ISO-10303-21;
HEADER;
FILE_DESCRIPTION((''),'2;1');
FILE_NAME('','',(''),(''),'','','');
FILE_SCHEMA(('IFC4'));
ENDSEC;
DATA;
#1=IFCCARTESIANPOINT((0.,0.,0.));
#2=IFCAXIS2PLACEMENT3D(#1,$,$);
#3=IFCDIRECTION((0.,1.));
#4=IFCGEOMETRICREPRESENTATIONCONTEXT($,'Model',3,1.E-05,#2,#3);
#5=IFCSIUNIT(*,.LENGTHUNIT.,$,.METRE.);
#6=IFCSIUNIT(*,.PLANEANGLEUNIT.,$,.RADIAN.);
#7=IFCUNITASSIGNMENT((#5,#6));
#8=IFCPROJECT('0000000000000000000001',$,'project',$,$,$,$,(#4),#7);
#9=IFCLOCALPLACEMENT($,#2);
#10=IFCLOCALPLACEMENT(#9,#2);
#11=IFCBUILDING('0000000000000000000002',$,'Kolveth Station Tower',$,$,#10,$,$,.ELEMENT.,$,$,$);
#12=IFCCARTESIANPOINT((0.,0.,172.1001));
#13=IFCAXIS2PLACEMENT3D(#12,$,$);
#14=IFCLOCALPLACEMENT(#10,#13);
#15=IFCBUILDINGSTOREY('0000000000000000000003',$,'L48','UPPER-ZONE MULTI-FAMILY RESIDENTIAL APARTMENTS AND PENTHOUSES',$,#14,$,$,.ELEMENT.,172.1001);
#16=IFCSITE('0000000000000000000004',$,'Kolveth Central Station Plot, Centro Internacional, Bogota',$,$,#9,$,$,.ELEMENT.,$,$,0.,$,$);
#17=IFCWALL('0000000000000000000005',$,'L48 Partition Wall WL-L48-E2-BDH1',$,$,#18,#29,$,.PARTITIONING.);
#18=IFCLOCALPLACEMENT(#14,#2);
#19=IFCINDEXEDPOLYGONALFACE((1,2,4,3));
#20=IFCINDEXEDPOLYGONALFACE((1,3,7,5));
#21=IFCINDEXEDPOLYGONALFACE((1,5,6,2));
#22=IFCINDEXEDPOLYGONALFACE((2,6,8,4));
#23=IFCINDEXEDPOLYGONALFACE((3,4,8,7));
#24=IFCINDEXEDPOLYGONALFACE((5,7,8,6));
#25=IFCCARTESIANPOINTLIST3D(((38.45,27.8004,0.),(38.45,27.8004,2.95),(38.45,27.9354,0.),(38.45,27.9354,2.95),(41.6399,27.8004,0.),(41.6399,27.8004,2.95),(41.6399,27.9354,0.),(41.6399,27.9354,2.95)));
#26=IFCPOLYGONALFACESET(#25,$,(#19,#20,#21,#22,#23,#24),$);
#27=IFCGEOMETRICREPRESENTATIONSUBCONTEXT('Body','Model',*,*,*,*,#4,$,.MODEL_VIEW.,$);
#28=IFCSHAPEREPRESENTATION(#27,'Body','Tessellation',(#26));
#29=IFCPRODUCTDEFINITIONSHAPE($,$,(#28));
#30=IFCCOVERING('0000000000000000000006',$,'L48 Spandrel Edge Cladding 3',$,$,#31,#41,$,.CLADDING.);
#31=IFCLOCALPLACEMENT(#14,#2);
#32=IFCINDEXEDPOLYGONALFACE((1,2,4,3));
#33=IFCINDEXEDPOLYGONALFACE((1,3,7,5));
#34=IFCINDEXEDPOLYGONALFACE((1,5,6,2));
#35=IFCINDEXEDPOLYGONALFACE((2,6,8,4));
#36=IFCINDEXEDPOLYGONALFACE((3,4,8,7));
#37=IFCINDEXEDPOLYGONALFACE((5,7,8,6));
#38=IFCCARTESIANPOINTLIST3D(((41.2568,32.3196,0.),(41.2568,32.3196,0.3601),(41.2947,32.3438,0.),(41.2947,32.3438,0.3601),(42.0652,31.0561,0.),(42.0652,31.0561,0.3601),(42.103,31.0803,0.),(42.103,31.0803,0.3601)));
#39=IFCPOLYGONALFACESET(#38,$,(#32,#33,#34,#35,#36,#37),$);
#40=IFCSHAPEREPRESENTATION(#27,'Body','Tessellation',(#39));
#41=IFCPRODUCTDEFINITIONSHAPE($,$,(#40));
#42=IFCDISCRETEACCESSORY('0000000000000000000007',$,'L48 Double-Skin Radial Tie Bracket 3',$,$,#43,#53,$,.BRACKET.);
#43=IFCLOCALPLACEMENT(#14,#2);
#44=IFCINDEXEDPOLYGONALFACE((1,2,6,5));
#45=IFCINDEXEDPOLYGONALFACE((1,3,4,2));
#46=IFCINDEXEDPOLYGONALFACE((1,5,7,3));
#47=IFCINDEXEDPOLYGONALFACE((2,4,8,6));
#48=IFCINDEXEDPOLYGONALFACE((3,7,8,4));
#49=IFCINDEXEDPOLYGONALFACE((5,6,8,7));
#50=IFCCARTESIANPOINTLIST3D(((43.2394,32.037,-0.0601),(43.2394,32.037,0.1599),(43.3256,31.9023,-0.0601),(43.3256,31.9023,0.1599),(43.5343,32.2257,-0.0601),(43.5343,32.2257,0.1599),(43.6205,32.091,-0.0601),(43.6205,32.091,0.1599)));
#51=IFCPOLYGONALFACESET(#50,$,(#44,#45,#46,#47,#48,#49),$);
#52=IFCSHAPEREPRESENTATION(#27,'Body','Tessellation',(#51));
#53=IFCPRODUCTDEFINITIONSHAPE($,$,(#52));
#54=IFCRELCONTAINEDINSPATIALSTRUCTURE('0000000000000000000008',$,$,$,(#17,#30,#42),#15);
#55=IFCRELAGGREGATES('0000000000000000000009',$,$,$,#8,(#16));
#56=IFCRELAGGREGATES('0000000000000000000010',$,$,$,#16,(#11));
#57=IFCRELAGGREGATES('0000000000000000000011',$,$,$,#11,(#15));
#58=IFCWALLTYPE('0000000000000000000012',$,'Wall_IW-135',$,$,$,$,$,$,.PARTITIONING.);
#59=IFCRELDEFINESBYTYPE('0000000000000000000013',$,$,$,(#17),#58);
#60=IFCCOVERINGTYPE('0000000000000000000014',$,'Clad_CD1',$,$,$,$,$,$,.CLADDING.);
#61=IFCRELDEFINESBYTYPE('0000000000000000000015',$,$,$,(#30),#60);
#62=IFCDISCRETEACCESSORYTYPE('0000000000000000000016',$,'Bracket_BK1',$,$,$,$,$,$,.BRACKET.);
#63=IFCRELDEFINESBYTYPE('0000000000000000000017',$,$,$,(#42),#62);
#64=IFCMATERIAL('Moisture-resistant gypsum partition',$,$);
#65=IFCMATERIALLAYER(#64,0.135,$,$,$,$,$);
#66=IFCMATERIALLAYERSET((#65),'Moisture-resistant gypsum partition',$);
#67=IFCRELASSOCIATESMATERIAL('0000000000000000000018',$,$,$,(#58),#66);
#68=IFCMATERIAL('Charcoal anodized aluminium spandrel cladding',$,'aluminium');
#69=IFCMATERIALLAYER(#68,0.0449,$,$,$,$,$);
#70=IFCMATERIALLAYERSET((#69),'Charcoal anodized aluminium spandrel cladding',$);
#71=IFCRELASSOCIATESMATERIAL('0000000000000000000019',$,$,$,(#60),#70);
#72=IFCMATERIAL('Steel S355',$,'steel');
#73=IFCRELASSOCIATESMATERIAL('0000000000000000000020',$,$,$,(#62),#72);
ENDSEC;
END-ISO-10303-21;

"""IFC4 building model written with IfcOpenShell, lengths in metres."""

from ifc_helpers import new_model, si_unit, direction, frame, frame_2d, origin, origin_2d, place, context, subcontext, project, spatial, rectangle, extrude, source, transform, mapped, material, layer, layer_set, type_object, element, save


model = new_model("IFC4")

# Units and contexts
model_context = context("Model", 3, precision=1e-05, world=origin(), true_north=direction((0.0, 1.0)))
body_context = subcontext(model_context, "Body", "Model", "MODEL_VIEW")
ifc_project = project(units=[si_unit("LENGTHUNIT", "METRE"), si_unit("PLANEANGLEUNIT", "RADIAN")], contexts=[model_context])

# Site, building, storey
site_placement = place(None, origin())
site = spatial("IfcSite", under=ifc_project, at=site_placement, Name="Kolveth Central Station Plot, Centro Internacional, Bogota", CompositionType="ELEMENT", RefElevation=0.0)
building_placement = place(site_placement, origin())
building = spatial("IfcBuilding", under=site, at=building_placement, Name="Kolveth Station Tower", CompositionType="ELEMENT")
storey_placement = place(building_placement, frame((0.0, 0.0, 172.1001)))
storey = spatial("IfcBuildingStorey", under=building, at=storey_placement, Name="L48", Description="UPPER-ZONE MULTI-FAMILY RESIDENTIAL APARTMENTS AND PENTHOUSES", CompositionType="ELEMENT", Elevation=172.1001)

# Shared definitions
ifc_material_1 = material(Name="Steel S355", Category="steel")

# Shared definitions
ifc_material_2 = material(Name="Moisture-resistant gypsum partition")
ifc_layer_1 = layer(ifc_material_2, 0.135)
ifc_layer_set_1 = layer_set([ifc_layer_1], Name="Moisture-resistant gypsum partition")
wall_type = type_object("IfcWallType", Name="Wall_IW-135", PredefinedType="PARTITIONING", material=ifc_layer_set_1)

# Wall
wall_1_placement = place(storey_placement, frame((38.45, 27.8679, 0.0), z_axis=(0.0, 0.0, 1.0), x_axis=(1.0, 0.0, 0.0)))
element("IfcWall", 1, at=wall_1_placement, inside=storey, type_object=wall_type, Name="L48 Partition Wall WL-L48-E2-BDH1", PredefinedType="PARTITIONING", context=body_context, shape_type="SweptSolid", body=[
    extrude(rectangle(XDim=3.1899, YDim=0.135, at=frame_2d((1.595, 0.0))), origin(), (0.0, 0.0, 1.0), 2.95),
])

# Covering
ifc_material_3 = material(Name="Charcoal anodized aluminium spandrel cladding", Category="aluminium")
ifc_layer_2 = layer(ifc_material_3, 0.0449)
ifc_layer_set_2 = layer_set([ifc_layer_2], Name="Charcoal anodized aluminium spandrel cladding")
covering_type = type_object("IfcCoveringType", Name="Clad_CD1", PredefinedType="CLADDING", material=ifc_layer_set_2)
shared_shape_1 = source(origin(), body_context, "Body", "SweptSolid", [
    extrude(rectangle(XDim=1.5, YDim=0.0449, at=origin_2d()), origin(), (0.0, 0.0, 1.0), 0.3601),
])
covering_placement = place(storey_placement, frame((41.6799, 31.7, 0.0), z_axis=(0.0, 0.0, 1.0), x_axis=(-0.538918, 0.842358, 0.0)))
element("IfcCovering", 2, at=covering_placement, inside=storey, type_object=covering_type, Name="L48 Spandrel Edge Cladding 3", PredefinedType="CLADDING", context=body_context, shape_type="MappedRepresentation", body=[
    mapped(shared_shape_1, transform((0.0, 0.0, 0.0), x_axis=(1.0, 0.0, 0.0), y_axis=(0.0, 1.0, 0.0), z_axis=(0.0, 0.0, 1.0), scale=1.0)),
])

# Discrete accessory
discrete_accessory_type = type_object("IfcDiscreteAccessoryType", Name="Bracket_BK1", PredefinedType="BRACKET", material=ifc_material_1)
shared_shape_2 = source(origin(), body_context, "Body", "SweptSolid", [
    extrude(rectangle(XDim=0.3501, YDim=0.1599, at=origin_2d()), origin(), (0.0, 0.0, 1.0), 0.22),
])
discrete_accessory_placement = place(storey_placement, frame((43.4299, 32.064, -0.0601), z_axis=(0.0, 0.0, 1.0), x_axis=(0.842358, 0.538918, 0.0)))
element("IfcDiscreteAccessory", 3, at=discrete_accessory_placement, inside=storey, type_object=discrete_accessory_type, Name="L48 Double-Skin Radial Tie Bracket 3", PredefinedType="BRACKET", context=body_context, shape_type="MappedRepresentation", body=[
    mapped(shared_shape_2, transform((0.0, 0.0, 0.0), x_axis=(1.0, 0.0, 0.0), y_axis=(0.0, 1.0, 0.0), z_axis=(0.0, 0.0, 1.0), scale=1.0)),
])

save(model, "model.ifc")
